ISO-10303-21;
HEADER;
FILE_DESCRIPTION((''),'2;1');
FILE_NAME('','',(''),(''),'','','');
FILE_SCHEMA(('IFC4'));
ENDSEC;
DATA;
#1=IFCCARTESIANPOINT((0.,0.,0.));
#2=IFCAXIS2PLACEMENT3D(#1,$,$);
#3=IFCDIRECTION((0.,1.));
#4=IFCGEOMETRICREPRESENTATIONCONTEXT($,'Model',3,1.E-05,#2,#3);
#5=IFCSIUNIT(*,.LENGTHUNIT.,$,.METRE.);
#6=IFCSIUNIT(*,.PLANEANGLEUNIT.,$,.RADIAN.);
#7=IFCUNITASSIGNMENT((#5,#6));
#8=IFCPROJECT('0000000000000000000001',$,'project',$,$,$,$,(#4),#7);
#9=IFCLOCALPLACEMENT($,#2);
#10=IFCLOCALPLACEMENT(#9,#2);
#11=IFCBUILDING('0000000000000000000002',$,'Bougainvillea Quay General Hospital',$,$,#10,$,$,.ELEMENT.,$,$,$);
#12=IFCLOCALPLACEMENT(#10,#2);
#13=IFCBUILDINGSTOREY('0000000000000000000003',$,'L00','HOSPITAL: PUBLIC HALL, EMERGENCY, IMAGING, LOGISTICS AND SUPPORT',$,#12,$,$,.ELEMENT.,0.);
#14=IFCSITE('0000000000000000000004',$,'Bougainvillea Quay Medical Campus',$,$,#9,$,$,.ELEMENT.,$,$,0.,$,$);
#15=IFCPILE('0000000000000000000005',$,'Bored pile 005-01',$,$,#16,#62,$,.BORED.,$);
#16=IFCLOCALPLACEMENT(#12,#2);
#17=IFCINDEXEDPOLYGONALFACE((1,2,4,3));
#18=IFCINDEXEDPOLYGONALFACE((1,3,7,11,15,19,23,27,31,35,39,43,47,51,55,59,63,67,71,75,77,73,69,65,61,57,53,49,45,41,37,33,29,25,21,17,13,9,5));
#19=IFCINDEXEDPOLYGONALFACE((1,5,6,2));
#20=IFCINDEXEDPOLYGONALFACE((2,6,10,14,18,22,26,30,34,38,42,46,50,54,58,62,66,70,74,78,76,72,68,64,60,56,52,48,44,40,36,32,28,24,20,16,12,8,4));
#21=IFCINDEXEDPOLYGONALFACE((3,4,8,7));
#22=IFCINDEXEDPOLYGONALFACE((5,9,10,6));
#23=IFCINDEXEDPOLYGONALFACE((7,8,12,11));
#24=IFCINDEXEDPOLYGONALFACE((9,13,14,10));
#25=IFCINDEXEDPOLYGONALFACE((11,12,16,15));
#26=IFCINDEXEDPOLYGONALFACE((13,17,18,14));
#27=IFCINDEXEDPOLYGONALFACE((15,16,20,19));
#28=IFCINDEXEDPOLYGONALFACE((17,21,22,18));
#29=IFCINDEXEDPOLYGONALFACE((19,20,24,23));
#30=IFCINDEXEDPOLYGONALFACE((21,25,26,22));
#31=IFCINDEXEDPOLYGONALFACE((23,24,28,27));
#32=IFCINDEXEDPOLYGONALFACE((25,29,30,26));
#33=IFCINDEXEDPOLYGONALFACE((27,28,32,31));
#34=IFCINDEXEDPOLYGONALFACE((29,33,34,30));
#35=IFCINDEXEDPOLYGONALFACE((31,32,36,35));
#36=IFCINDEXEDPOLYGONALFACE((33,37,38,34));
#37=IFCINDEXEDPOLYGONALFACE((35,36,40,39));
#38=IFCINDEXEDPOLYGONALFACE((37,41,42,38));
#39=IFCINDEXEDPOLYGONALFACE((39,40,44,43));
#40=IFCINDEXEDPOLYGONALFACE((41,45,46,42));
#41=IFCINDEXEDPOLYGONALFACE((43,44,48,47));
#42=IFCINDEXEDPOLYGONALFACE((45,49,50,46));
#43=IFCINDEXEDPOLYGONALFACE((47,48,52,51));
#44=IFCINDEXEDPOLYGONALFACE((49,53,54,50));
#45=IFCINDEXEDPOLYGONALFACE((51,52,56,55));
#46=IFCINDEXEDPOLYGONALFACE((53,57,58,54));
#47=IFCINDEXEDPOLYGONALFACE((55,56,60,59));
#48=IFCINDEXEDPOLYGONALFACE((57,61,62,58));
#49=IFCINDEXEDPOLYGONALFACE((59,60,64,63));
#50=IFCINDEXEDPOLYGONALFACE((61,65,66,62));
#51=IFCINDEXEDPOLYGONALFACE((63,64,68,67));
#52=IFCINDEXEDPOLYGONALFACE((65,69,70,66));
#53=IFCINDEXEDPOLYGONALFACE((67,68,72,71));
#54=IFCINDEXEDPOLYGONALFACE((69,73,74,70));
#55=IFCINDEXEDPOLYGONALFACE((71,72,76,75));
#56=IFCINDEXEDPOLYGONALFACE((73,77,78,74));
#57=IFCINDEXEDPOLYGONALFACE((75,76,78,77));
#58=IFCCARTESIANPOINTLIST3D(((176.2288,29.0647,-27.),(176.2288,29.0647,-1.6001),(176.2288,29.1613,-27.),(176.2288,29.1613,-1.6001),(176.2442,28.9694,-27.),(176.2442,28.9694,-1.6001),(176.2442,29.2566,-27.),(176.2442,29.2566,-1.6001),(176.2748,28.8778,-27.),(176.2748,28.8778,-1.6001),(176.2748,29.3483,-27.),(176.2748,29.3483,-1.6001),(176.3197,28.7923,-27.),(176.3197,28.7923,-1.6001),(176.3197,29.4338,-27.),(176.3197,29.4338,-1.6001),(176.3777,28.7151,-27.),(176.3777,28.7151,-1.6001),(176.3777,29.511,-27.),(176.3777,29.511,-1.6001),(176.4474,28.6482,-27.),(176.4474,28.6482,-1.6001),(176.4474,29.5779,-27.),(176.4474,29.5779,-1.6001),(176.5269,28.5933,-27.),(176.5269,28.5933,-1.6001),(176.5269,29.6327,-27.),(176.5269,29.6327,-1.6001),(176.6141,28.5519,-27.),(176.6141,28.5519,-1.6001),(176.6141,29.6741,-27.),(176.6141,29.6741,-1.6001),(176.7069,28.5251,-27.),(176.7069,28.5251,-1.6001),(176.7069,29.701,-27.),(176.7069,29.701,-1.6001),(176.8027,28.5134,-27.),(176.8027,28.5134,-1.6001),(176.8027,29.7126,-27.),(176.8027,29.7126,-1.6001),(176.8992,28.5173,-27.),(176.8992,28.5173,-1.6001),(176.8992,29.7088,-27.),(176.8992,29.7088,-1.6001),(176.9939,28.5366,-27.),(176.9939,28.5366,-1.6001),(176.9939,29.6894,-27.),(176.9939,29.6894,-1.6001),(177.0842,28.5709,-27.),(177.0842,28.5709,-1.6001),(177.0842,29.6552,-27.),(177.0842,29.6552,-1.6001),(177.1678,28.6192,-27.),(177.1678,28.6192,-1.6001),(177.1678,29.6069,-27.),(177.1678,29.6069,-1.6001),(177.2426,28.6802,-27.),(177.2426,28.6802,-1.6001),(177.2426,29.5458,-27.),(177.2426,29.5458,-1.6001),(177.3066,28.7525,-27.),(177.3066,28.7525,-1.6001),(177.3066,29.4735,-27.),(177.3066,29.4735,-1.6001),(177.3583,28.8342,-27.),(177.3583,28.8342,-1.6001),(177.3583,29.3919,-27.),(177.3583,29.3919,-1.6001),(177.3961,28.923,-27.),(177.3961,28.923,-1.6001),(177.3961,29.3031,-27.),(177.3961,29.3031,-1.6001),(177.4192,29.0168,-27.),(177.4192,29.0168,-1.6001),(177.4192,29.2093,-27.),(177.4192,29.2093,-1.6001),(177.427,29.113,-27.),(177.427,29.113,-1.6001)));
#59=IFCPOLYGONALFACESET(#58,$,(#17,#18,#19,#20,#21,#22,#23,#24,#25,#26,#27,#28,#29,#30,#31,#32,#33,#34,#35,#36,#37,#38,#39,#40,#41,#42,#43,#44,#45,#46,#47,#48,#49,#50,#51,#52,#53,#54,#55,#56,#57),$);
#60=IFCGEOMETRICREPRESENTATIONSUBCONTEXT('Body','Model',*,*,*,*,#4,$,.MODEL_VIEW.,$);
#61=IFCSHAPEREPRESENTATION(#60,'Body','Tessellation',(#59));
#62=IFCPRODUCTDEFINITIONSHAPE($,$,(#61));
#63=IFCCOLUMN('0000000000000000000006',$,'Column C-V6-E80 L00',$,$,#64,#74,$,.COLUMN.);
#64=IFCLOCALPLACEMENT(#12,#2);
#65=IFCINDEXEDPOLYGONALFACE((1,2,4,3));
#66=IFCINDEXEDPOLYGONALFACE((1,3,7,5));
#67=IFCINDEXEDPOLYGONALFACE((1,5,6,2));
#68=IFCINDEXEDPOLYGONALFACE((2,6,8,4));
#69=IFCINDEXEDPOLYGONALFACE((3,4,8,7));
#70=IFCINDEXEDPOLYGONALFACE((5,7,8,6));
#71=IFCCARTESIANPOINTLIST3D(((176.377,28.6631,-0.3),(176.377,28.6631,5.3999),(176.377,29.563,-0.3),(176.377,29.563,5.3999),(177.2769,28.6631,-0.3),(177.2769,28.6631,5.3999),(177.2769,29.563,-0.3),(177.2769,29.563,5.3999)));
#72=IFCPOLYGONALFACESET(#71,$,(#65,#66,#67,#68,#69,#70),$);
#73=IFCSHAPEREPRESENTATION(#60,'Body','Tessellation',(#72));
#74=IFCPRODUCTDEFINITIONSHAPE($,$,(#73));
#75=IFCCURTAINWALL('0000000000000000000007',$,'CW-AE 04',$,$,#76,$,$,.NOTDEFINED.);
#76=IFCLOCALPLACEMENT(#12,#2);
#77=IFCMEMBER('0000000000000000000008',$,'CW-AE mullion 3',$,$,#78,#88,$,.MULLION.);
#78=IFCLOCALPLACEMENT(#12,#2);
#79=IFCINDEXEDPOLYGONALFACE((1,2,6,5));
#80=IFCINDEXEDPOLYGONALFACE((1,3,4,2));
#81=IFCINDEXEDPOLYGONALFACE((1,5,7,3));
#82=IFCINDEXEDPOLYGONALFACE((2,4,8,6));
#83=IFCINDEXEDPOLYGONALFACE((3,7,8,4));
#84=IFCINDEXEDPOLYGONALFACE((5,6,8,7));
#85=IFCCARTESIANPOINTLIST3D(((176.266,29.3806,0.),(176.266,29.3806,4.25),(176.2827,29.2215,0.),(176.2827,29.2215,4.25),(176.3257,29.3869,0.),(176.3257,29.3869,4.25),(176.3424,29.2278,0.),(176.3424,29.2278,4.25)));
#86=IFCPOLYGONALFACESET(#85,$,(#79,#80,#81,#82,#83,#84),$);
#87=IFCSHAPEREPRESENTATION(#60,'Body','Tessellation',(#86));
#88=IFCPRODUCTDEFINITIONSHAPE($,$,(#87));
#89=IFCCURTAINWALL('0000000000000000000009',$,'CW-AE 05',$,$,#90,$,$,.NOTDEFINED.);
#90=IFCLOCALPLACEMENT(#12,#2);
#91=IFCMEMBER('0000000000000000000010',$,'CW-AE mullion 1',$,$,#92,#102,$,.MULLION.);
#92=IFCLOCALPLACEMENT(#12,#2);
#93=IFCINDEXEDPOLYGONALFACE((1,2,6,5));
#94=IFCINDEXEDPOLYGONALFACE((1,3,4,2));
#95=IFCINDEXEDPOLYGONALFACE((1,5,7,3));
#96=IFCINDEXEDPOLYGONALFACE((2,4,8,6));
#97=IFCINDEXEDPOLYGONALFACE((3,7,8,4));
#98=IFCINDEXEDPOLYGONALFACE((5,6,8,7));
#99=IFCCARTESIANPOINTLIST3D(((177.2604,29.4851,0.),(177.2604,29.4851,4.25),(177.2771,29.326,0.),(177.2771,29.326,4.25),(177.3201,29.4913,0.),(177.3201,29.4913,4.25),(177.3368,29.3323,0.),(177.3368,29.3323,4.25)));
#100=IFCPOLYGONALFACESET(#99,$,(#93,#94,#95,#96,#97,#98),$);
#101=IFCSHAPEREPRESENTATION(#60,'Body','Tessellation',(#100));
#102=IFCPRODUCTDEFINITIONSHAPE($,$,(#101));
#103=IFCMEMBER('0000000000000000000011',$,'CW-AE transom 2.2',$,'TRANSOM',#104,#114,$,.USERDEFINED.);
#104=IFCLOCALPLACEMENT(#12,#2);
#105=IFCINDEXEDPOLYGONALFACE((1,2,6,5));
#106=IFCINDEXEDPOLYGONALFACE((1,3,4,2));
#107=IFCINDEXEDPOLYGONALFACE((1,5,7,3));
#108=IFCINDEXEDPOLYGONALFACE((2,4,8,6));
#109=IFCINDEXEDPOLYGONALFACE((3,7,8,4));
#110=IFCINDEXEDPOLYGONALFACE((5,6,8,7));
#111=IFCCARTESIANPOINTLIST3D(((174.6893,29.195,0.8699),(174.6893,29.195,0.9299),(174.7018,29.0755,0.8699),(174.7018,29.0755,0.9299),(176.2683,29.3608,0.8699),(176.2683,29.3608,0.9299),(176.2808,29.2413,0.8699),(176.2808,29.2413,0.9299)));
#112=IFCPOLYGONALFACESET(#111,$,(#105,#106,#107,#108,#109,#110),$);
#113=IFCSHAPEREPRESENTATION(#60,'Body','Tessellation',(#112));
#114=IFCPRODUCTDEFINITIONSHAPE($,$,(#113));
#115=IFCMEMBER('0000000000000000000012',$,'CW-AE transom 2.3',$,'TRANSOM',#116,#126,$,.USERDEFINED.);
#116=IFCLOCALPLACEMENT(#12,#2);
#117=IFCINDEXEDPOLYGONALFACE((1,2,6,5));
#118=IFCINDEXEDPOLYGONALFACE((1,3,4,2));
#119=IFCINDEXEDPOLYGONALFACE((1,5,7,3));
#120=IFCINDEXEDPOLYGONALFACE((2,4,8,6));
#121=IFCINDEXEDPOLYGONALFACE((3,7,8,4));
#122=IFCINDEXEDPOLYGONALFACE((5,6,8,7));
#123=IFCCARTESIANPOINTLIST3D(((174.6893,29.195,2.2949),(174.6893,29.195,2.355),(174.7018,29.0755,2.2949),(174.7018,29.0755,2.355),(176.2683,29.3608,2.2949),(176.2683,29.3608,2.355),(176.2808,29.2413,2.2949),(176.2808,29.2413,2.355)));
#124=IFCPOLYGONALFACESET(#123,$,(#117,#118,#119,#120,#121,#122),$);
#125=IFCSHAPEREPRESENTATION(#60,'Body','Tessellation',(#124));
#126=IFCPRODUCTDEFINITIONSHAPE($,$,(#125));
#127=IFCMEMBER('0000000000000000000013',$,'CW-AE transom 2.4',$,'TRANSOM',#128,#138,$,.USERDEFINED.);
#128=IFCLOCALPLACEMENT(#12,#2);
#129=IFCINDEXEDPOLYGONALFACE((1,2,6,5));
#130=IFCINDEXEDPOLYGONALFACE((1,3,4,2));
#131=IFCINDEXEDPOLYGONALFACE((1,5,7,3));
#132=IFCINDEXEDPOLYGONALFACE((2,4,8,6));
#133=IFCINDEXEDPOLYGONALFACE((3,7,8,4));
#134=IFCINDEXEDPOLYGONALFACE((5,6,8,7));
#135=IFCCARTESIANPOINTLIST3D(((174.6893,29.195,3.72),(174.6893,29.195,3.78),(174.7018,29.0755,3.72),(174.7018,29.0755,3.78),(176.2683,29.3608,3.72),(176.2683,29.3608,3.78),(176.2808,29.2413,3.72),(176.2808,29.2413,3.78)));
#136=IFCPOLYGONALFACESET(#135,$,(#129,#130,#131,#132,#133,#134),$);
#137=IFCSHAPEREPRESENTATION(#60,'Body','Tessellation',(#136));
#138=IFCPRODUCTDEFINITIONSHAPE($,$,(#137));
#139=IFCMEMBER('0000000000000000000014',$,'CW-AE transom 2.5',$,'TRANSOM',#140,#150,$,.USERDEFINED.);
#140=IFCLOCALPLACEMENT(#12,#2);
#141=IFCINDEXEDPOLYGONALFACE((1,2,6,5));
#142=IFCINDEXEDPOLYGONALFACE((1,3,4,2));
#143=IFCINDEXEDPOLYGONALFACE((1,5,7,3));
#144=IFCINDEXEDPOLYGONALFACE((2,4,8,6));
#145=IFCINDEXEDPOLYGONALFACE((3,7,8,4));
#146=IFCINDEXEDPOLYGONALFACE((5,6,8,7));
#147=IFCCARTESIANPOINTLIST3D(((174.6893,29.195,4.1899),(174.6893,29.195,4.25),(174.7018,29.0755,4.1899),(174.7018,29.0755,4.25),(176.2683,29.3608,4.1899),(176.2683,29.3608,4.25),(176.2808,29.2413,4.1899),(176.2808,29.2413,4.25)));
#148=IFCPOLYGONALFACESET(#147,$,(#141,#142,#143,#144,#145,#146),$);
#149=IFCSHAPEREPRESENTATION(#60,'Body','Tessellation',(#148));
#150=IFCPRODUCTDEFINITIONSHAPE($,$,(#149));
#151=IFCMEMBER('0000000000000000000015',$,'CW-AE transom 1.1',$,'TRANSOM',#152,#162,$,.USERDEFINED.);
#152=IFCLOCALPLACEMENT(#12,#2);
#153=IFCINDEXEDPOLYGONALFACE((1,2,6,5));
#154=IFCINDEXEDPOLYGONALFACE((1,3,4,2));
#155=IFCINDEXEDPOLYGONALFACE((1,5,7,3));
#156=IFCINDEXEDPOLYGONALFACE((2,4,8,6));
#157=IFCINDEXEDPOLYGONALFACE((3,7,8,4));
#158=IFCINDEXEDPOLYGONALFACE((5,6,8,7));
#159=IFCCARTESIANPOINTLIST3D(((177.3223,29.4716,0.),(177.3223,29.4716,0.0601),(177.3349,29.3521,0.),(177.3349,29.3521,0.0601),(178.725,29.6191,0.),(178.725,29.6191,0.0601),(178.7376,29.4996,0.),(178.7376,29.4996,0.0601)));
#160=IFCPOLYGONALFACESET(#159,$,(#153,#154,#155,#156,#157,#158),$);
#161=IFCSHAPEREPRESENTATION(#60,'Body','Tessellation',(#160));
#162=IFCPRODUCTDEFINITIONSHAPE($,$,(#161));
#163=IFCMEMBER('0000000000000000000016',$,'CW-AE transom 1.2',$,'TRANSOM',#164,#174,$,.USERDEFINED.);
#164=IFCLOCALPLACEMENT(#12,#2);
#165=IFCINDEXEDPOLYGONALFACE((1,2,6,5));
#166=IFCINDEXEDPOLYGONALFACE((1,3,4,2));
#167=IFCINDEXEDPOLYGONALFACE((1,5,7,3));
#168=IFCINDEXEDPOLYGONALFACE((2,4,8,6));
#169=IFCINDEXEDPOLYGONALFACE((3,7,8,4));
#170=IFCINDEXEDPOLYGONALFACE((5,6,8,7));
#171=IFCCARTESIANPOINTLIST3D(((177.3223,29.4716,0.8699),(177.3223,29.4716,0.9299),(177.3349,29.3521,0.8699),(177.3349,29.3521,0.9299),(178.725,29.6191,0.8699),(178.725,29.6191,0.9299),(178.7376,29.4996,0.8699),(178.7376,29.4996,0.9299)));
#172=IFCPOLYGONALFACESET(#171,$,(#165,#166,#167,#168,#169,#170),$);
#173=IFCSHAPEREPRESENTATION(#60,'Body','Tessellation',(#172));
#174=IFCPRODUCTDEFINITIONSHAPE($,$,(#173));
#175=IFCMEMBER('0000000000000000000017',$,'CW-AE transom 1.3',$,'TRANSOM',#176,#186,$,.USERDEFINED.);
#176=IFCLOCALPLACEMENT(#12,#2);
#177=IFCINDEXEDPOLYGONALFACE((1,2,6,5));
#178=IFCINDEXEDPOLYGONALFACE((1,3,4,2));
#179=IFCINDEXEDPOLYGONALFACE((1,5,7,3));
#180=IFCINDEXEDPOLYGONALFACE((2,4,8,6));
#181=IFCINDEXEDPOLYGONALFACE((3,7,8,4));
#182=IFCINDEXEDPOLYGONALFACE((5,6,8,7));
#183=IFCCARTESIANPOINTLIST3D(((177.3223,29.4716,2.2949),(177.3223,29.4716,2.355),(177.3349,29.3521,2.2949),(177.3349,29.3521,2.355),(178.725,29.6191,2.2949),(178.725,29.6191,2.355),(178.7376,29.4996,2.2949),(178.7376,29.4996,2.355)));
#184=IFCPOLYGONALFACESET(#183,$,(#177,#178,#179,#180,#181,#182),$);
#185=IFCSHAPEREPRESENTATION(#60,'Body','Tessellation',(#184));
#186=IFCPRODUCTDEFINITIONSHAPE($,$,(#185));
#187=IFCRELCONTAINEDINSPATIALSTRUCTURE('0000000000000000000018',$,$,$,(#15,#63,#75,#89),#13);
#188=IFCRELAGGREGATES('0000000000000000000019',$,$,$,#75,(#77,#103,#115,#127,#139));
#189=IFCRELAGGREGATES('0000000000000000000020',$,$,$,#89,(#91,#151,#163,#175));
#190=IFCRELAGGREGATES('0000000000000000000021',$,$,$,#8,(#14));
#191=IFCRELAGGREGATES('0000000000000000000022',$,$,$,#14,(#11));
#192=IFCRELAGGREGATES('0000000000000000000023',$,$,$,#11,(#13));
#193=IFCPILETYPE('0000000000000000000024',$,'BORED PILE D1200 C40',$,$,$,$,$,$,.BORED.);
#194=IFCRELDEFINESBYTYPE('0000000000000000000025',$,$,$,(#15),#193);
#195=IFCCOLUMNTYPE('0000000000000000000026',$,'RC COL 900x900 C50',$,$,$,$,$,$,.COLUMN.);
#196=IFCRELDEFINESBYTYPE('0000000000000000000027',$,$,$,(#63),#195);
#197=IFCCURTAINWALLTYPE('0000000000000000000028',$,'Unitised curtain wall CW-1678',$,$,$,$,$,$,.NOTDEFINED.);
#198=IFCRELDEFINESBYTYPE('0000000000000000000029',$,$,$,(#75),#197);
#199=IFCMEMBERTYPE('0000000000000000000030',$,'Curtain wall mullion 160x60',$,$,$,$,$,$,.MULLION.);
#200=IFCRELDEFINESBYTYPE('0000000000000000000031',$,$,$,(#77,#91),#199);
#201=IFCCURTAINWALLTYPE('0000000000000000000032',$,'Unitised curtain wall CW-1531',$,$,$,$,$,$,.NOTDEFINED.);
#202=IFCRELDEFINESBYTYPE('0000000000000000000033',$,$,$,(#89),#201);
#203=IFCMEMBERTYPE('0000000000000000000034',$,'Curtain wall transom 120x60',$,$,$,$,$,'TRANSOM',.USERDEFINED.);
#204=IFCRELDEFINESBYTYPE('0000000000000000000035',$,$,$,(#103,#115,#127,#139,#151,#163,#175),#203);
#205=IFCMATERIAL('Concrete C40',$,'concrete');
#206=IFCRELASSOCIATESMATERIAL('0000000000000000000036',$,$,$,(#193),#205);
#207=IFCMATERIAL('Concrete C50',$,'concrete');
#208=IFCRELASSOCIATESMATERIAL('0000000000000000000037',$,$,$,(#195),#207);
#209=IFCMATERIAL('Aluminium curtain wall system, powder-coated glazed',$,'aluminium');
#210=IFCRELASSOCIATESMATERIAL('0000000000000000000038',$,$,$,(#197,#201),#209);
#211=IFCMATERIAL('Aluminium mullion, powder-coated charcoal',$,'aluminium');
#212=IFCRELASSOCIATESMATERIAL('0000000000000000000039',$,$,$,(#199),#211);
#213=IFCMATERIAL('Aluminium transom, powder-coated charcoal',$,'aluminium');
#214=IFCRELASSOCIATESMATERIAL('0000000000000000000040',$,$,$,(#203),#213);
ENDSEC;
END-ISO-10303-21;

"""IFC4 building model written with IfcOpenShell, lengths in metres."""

from ifc_helpers import new_model, si_unit, direction, frame, origin, origin_2d, place, context, subcontext, project, spatial, rectangle, circle, extrude, material, material_profile, profile_set, type_object, element, aggregate, save


model = new_model("IFC4")

# Units and contexts
model_context = context("Model", 3, precision=1e-05, world=origin(), true_north=direction((0.0, 1.0)))
body_context = subcontext(model_context, "Body", "Model", "MODEL_VIEW")
ifc_project = project(units=[si_unit("LENGTHUNIT", "METRE"), si_unit("PLANEANGLEUNIT", "RADIAN")], contexts=[model_context])

# Site, building, storey
site_placement = place(None, origin())
site = spatial("IfcSite", under=ifc_project, at=site_placement, Name="Bougainvillea Quay Medical Campus", CompositionType="ELEMENT", RefElevation=0.0)
building_placement = place(site_placement, origin())
building = spatial("IfcBuilding", under=site, at=building_placement, Name="Bougainvillea Quay General Hospital", CompositionType="ELEMENT")
storey_placement = place(building_placement, origin())
storey = spatial("IfcBuildingStorey", under=building, at=storey_placement, Name="L00", Description="HOSPITAL: PUBLIC HALL, EMERGENCY, IMAGING, LOGISTICS AND SUPPORT", CompositionType="ELEMENT", Elevation=0.0)

# Pile
ifc_material_1 = material(Name="Concrete C40", Category="concrete")
ifc_material_profile_1 = material_profile(ifc_material_1, circle(Radius=0.6001, at=origin_2d()))
ifc_profile_set_1 = profile_set([ifc_material_profile_1], Name="Concrete C40")
pile_type = type_object("IfcPileType", Name="BORED PILE D1200 C40", PredefinedType="BORED", material=ifc_profile_set_1)
pile_placement = place(storey_placement, frame((176.8269, 29.113, -1.6001), z_axis=(0.0, 0.0, -1.0), x_axis=(1.0, 0.0, 0.0)))
element("IfcPile", 1, at=pile_placement, inside=storey, type_object=pile_type, Name="Bored pile 005-01", PredefinedType="BORED", context=body_context, shape_type="SweptSolid", body=[
    extrude(circle(Radius=0.6001, at=origin_2d()), origin(), (0.0, 0.0, 1.0), 25.3999),
])

# Column
ifc_material_2 = material(Name="Concrete C50", Category="concrete")
ifc_material_profile_2 = material_profile(ifc_material_2, rectangle(XDim=0.8999, YDim=0.8999, at=origin_2d()))
ifc_profile_set_2 = profile_set([ifc_material_profile_2], Name="Concrete C50")
column_type = type_object("IfcColumnType", Name="RC COL 900x900 C50", PredefinedType="COLUMN", material=ifc_profile_set_2)
column_placement = place(storey_placement, frame((176.8269, 29.113, -0.3), z_axis=(0.0, 0.0, 1.0), x_axis=(1.0, 0.0, 0.0)))
element("IfcColumn", 2, at=column_placement, inside=storey, type_object=column_type, Name="Column C-V6-E80 L00", PredefinedType="COLUMN", context=body_context, shape_type="SweptSolid", body=[
    extrude(rectangle(XDim=0.8999, YDim=0.8999, at=origin_2d()), origin(), (0.0, 0.0, 1.0), 5.7),
])

# Curtain walls, members
ifc_material_3 = material(Name="Aluminium curtain wall system, powder-coated glazed", Category="aluminium")
curtain_wall_type_1 = type_object("IfcCurtainWallType", Name="Unitised curtain wall CW-1678", PredefinedType="NOTDEFINED", material=ifc_material_3)
curtain_wall_1_placement = place(storey_placement, origin())
curtain_wall_1 = element("IfcCurtainWall", 3, at=curtain_wall_1_placement, inside=storey, type_object=curtain_wall_type_1, Name="CW-AE 04", PredefinedType="NOTDEFINED")
ifc_material_4 = material(Name="Aluminium mullion, powder-coated charcoal", Category="aluminium")
ifc_material_profile_3 = material_profile(ifc_material_4, rectangle(XDim=0.1599, YDim=0.0601, at=origin_2d()))
ifc_profile_set_3 = profile_set([ifc_material_profile_3], Name="Aluminium mullion, powder-coated charcoal")
member_type_1 = type_object("IfcMemberType", Name="Curtain wall mullion 160x60", PredefinedType="MULLION", material=ifc_profile_set_3)
member_1_placement = place(storey_placement, frame((176.3042, 29.3042, 0.0), z_axis=(0.0, 0.0, 1.0), x_axis=(-0.104527, 0.994522, 0.0)))
member_1 = element("IfcMember", 4, at=member_1_placement, type_object=member_type_1, Name="CW-AE mullion 3", PredefinedType="MULLION", context=body_context, shape_type="SweptSolid", body=[
    extrude(rectangle(XDim=0.1599, YDim=0.0601, at=origin_2d()), origin(), (0.0, 0.0, 1.0), 4.25),
])
curtain_wall_type_2 = type_object("IfcCurtainWallType", Name="Unitised curtain wall CW-1531", PredefinedType="NOTDEFINED", material=ifc_material_3)
curtain_wall_2_placement = place(storey_placement, origin())
curtain_wall_2 = element("IfcCurtainWall", 5, at=curtain_wall_2_placement, inside=storey, type_object=curtain_wall_type_2, Name="CW-AE 05", PredefinedType="NOTDEFINED")
member_2_placement = place(storey_placement, frame((177.2986, 29.4087, 0.0), z_axis=(0.0, 0.0, 1.0), x_axis=(-0.104527, 0.994522, 0.0)))
member_2 = element("IfcMember", 6, at=member_2_placement, type_object=member_type_1, Name="CW-AE mullion 1", PredefinedType="MULLION", context=body_context, shape_type="SweptSolid", body=[
    extrude(rectangle(XDim=0.1599, YDim=0.0601, at=origin_2d()), origin(), (0.0, 0.0, 1.0), 4.25),
])

# Members
ifc_material_5 = material(Name="Aluminium transom, powder-coated charcoal", Category="aluminium")
ifc_material_profile_4 = material_profile(ifc_material_5, rectangle(XDim=0.1201, YDim=0.0601, at=origin_2d()))
ifc_profile_set_4 = profile_set([ifc_material_profile_4], Name="Aluminium transom, powder-coated charcoal")
member_type_2 = type_object("IfcMemberType", Name="Curtain wall transom 120x60", ElementType="TRANSOM", PredefinedType="USERDEFINED", material=ifc_profile_set_4)
member_3_placement = place(storey_placement, frame((174.6956, 29.1353, 0.8999), z_axis=(0.994533, 0.104421, 0.0), x_axis=(-0.104421, 0.994533, 0.0)))
member_3 = element("IfcMember", 7, at=member_3_placement, type_object=member_type_2, Name="CW-AE transom 2.2", ObjectType="TRANSOM", PredefinedType="USERDEFINED", context=body_context, shape_type="SweptSolid", body=[
    extrude(rectangle(XDim=0.1201, YDim=0.0601, at=origin_2d()), origin(), (0.0, 0.0, 1.0), 1.5876),
])
member_4_placement = place(storey_placement, frame((174.6956, 29.1353, 2.325), z_axis=(0.994533, 0.104421, 0.0), x_axis=(-0.104421, 0.994533, 0.0)))
member_4 = element("IfcMember", 8, at=member_4_placement, type_object=member_type_2, Name="CW-AE transom 2.3", ObjectType="TRANSOM", PredefinedType="USERDEFINED", context=body_context, shape_type="SweptSolid", body=[
    extrude(rectangle(XDim=0.1201, YDim=0.0601, at=origin_2d()), origin(), (0.0, 0.0, 1.0), 1.5876),
])
member_5_placement = place(storey_placement, frame((174.6956, 29.1353, 3.75), z_axis=(0.994533, 0.104421, 0.0), x_axis=(-0.104421, 0.994533, 0.0)))
member_5 = element("IfcMember", 9, at=member_5_placement, type_object=member_type_2, Name="CW-AE transom 2.4", ObjectType="TRANSOM", PredefinedType="USERDEFINED", context=body_context, shape_type="SweptSolid", body=[
    extrude(rectangle(XDim=0.1201, YDim=0.0601, at=origin_2d()), origin(), (0.0, 0.0, 1.0), 1.5876),
])
member_6_placement = place(storey_placement, frame((174.6956, 29.1353, 4.22), z_axis=(0.994533, 0.104421, 0.0), x_axis=(-0.104421, 0.994533, 0.0)))
member_6 = element("IfcMember", 10, at=member_6_placement, type_object=member_type_2, Name="CW-AE transom 2.5", ObjectType="TRANSOM", PredefinedType="USERDEFINED", context=body_context, shape_type="SweptSolid", body=[
    extrude(rectangle(XDim=0.1201, YDim=0.0601, at=origin_2d()), origin(), (0.0, 0.0, 1.0), 1.5876),
])
member_7_placement = place(storey_placement, frame((177.3286, 29.4119, 0.03), z_axis=(0.994519, 0.104559, 0.0), x_axis=(-0.104559, 0.994519, 0.0)))
member_7 = element("IfcMember", 11, at=member_7_placement, type_object=member_type_2, Name="CW-AE transom 1.1", ObjectType="TRANSOM", PredefinedType="USERDEFINED", context=body_context, shape_type="SweptSolid", body=[
    extrude(rectangle(XDim=0.1201, YDim=0.0601, at=origin_2d()), origin(), (0.0, 0.0, 1.0), 1.4104),
])
member_8_placement = place(storey_placement, frame((177.3286, 29.4119, 0.8999), z_axis=(0.994519, 0.104559, 0.0), x_axis=(-0.104559, 0.994519, 0.0)))
member_8 = element("IfcMember", 12, at=member_8_placement, type_object=member_type_2, Name="CW-AE transom 1.2", ObjectType="TRANSOM", PredefinedType="USERDEFINED", context=body_context, shape_type="SweptSolid", body=[
    extrude(rectangle(XDim=0.1201, YDim=0.0601, at=origin_2d()), origin(), (0.0, 0.0, 1.0), 1.4104),
])
member_9_placement = place(storey_placement, frame((177.3286, 29.4119, 2.325), z_axis=(0.994519, 0.104559, 0.0), x_axis=(-0.104559, 0.994519, 0.0)))
member_9 = element("IfcMember", 13, at=member_9_placement, type_object=member_type_2, Name="CW-AE transom 1.3", ObjectType="TRANSOM", PredefinedType="USERDEFINED", context=body_context, shape_type="SweptSolid", body=[
    extrude(rectangle(XDim=0.1201, YDim=0.0601, at=origin_2d()), origin(), (0.0, 0.0, 1.0), 1.4104),
])

aggregate(curtain_wall_1, [member_1, member_3, member_4, member_5, member_6])
aggregate(curtain_wall_2, [member_2, member_7, member_8, member_9])

save(model, "model.ifc")
